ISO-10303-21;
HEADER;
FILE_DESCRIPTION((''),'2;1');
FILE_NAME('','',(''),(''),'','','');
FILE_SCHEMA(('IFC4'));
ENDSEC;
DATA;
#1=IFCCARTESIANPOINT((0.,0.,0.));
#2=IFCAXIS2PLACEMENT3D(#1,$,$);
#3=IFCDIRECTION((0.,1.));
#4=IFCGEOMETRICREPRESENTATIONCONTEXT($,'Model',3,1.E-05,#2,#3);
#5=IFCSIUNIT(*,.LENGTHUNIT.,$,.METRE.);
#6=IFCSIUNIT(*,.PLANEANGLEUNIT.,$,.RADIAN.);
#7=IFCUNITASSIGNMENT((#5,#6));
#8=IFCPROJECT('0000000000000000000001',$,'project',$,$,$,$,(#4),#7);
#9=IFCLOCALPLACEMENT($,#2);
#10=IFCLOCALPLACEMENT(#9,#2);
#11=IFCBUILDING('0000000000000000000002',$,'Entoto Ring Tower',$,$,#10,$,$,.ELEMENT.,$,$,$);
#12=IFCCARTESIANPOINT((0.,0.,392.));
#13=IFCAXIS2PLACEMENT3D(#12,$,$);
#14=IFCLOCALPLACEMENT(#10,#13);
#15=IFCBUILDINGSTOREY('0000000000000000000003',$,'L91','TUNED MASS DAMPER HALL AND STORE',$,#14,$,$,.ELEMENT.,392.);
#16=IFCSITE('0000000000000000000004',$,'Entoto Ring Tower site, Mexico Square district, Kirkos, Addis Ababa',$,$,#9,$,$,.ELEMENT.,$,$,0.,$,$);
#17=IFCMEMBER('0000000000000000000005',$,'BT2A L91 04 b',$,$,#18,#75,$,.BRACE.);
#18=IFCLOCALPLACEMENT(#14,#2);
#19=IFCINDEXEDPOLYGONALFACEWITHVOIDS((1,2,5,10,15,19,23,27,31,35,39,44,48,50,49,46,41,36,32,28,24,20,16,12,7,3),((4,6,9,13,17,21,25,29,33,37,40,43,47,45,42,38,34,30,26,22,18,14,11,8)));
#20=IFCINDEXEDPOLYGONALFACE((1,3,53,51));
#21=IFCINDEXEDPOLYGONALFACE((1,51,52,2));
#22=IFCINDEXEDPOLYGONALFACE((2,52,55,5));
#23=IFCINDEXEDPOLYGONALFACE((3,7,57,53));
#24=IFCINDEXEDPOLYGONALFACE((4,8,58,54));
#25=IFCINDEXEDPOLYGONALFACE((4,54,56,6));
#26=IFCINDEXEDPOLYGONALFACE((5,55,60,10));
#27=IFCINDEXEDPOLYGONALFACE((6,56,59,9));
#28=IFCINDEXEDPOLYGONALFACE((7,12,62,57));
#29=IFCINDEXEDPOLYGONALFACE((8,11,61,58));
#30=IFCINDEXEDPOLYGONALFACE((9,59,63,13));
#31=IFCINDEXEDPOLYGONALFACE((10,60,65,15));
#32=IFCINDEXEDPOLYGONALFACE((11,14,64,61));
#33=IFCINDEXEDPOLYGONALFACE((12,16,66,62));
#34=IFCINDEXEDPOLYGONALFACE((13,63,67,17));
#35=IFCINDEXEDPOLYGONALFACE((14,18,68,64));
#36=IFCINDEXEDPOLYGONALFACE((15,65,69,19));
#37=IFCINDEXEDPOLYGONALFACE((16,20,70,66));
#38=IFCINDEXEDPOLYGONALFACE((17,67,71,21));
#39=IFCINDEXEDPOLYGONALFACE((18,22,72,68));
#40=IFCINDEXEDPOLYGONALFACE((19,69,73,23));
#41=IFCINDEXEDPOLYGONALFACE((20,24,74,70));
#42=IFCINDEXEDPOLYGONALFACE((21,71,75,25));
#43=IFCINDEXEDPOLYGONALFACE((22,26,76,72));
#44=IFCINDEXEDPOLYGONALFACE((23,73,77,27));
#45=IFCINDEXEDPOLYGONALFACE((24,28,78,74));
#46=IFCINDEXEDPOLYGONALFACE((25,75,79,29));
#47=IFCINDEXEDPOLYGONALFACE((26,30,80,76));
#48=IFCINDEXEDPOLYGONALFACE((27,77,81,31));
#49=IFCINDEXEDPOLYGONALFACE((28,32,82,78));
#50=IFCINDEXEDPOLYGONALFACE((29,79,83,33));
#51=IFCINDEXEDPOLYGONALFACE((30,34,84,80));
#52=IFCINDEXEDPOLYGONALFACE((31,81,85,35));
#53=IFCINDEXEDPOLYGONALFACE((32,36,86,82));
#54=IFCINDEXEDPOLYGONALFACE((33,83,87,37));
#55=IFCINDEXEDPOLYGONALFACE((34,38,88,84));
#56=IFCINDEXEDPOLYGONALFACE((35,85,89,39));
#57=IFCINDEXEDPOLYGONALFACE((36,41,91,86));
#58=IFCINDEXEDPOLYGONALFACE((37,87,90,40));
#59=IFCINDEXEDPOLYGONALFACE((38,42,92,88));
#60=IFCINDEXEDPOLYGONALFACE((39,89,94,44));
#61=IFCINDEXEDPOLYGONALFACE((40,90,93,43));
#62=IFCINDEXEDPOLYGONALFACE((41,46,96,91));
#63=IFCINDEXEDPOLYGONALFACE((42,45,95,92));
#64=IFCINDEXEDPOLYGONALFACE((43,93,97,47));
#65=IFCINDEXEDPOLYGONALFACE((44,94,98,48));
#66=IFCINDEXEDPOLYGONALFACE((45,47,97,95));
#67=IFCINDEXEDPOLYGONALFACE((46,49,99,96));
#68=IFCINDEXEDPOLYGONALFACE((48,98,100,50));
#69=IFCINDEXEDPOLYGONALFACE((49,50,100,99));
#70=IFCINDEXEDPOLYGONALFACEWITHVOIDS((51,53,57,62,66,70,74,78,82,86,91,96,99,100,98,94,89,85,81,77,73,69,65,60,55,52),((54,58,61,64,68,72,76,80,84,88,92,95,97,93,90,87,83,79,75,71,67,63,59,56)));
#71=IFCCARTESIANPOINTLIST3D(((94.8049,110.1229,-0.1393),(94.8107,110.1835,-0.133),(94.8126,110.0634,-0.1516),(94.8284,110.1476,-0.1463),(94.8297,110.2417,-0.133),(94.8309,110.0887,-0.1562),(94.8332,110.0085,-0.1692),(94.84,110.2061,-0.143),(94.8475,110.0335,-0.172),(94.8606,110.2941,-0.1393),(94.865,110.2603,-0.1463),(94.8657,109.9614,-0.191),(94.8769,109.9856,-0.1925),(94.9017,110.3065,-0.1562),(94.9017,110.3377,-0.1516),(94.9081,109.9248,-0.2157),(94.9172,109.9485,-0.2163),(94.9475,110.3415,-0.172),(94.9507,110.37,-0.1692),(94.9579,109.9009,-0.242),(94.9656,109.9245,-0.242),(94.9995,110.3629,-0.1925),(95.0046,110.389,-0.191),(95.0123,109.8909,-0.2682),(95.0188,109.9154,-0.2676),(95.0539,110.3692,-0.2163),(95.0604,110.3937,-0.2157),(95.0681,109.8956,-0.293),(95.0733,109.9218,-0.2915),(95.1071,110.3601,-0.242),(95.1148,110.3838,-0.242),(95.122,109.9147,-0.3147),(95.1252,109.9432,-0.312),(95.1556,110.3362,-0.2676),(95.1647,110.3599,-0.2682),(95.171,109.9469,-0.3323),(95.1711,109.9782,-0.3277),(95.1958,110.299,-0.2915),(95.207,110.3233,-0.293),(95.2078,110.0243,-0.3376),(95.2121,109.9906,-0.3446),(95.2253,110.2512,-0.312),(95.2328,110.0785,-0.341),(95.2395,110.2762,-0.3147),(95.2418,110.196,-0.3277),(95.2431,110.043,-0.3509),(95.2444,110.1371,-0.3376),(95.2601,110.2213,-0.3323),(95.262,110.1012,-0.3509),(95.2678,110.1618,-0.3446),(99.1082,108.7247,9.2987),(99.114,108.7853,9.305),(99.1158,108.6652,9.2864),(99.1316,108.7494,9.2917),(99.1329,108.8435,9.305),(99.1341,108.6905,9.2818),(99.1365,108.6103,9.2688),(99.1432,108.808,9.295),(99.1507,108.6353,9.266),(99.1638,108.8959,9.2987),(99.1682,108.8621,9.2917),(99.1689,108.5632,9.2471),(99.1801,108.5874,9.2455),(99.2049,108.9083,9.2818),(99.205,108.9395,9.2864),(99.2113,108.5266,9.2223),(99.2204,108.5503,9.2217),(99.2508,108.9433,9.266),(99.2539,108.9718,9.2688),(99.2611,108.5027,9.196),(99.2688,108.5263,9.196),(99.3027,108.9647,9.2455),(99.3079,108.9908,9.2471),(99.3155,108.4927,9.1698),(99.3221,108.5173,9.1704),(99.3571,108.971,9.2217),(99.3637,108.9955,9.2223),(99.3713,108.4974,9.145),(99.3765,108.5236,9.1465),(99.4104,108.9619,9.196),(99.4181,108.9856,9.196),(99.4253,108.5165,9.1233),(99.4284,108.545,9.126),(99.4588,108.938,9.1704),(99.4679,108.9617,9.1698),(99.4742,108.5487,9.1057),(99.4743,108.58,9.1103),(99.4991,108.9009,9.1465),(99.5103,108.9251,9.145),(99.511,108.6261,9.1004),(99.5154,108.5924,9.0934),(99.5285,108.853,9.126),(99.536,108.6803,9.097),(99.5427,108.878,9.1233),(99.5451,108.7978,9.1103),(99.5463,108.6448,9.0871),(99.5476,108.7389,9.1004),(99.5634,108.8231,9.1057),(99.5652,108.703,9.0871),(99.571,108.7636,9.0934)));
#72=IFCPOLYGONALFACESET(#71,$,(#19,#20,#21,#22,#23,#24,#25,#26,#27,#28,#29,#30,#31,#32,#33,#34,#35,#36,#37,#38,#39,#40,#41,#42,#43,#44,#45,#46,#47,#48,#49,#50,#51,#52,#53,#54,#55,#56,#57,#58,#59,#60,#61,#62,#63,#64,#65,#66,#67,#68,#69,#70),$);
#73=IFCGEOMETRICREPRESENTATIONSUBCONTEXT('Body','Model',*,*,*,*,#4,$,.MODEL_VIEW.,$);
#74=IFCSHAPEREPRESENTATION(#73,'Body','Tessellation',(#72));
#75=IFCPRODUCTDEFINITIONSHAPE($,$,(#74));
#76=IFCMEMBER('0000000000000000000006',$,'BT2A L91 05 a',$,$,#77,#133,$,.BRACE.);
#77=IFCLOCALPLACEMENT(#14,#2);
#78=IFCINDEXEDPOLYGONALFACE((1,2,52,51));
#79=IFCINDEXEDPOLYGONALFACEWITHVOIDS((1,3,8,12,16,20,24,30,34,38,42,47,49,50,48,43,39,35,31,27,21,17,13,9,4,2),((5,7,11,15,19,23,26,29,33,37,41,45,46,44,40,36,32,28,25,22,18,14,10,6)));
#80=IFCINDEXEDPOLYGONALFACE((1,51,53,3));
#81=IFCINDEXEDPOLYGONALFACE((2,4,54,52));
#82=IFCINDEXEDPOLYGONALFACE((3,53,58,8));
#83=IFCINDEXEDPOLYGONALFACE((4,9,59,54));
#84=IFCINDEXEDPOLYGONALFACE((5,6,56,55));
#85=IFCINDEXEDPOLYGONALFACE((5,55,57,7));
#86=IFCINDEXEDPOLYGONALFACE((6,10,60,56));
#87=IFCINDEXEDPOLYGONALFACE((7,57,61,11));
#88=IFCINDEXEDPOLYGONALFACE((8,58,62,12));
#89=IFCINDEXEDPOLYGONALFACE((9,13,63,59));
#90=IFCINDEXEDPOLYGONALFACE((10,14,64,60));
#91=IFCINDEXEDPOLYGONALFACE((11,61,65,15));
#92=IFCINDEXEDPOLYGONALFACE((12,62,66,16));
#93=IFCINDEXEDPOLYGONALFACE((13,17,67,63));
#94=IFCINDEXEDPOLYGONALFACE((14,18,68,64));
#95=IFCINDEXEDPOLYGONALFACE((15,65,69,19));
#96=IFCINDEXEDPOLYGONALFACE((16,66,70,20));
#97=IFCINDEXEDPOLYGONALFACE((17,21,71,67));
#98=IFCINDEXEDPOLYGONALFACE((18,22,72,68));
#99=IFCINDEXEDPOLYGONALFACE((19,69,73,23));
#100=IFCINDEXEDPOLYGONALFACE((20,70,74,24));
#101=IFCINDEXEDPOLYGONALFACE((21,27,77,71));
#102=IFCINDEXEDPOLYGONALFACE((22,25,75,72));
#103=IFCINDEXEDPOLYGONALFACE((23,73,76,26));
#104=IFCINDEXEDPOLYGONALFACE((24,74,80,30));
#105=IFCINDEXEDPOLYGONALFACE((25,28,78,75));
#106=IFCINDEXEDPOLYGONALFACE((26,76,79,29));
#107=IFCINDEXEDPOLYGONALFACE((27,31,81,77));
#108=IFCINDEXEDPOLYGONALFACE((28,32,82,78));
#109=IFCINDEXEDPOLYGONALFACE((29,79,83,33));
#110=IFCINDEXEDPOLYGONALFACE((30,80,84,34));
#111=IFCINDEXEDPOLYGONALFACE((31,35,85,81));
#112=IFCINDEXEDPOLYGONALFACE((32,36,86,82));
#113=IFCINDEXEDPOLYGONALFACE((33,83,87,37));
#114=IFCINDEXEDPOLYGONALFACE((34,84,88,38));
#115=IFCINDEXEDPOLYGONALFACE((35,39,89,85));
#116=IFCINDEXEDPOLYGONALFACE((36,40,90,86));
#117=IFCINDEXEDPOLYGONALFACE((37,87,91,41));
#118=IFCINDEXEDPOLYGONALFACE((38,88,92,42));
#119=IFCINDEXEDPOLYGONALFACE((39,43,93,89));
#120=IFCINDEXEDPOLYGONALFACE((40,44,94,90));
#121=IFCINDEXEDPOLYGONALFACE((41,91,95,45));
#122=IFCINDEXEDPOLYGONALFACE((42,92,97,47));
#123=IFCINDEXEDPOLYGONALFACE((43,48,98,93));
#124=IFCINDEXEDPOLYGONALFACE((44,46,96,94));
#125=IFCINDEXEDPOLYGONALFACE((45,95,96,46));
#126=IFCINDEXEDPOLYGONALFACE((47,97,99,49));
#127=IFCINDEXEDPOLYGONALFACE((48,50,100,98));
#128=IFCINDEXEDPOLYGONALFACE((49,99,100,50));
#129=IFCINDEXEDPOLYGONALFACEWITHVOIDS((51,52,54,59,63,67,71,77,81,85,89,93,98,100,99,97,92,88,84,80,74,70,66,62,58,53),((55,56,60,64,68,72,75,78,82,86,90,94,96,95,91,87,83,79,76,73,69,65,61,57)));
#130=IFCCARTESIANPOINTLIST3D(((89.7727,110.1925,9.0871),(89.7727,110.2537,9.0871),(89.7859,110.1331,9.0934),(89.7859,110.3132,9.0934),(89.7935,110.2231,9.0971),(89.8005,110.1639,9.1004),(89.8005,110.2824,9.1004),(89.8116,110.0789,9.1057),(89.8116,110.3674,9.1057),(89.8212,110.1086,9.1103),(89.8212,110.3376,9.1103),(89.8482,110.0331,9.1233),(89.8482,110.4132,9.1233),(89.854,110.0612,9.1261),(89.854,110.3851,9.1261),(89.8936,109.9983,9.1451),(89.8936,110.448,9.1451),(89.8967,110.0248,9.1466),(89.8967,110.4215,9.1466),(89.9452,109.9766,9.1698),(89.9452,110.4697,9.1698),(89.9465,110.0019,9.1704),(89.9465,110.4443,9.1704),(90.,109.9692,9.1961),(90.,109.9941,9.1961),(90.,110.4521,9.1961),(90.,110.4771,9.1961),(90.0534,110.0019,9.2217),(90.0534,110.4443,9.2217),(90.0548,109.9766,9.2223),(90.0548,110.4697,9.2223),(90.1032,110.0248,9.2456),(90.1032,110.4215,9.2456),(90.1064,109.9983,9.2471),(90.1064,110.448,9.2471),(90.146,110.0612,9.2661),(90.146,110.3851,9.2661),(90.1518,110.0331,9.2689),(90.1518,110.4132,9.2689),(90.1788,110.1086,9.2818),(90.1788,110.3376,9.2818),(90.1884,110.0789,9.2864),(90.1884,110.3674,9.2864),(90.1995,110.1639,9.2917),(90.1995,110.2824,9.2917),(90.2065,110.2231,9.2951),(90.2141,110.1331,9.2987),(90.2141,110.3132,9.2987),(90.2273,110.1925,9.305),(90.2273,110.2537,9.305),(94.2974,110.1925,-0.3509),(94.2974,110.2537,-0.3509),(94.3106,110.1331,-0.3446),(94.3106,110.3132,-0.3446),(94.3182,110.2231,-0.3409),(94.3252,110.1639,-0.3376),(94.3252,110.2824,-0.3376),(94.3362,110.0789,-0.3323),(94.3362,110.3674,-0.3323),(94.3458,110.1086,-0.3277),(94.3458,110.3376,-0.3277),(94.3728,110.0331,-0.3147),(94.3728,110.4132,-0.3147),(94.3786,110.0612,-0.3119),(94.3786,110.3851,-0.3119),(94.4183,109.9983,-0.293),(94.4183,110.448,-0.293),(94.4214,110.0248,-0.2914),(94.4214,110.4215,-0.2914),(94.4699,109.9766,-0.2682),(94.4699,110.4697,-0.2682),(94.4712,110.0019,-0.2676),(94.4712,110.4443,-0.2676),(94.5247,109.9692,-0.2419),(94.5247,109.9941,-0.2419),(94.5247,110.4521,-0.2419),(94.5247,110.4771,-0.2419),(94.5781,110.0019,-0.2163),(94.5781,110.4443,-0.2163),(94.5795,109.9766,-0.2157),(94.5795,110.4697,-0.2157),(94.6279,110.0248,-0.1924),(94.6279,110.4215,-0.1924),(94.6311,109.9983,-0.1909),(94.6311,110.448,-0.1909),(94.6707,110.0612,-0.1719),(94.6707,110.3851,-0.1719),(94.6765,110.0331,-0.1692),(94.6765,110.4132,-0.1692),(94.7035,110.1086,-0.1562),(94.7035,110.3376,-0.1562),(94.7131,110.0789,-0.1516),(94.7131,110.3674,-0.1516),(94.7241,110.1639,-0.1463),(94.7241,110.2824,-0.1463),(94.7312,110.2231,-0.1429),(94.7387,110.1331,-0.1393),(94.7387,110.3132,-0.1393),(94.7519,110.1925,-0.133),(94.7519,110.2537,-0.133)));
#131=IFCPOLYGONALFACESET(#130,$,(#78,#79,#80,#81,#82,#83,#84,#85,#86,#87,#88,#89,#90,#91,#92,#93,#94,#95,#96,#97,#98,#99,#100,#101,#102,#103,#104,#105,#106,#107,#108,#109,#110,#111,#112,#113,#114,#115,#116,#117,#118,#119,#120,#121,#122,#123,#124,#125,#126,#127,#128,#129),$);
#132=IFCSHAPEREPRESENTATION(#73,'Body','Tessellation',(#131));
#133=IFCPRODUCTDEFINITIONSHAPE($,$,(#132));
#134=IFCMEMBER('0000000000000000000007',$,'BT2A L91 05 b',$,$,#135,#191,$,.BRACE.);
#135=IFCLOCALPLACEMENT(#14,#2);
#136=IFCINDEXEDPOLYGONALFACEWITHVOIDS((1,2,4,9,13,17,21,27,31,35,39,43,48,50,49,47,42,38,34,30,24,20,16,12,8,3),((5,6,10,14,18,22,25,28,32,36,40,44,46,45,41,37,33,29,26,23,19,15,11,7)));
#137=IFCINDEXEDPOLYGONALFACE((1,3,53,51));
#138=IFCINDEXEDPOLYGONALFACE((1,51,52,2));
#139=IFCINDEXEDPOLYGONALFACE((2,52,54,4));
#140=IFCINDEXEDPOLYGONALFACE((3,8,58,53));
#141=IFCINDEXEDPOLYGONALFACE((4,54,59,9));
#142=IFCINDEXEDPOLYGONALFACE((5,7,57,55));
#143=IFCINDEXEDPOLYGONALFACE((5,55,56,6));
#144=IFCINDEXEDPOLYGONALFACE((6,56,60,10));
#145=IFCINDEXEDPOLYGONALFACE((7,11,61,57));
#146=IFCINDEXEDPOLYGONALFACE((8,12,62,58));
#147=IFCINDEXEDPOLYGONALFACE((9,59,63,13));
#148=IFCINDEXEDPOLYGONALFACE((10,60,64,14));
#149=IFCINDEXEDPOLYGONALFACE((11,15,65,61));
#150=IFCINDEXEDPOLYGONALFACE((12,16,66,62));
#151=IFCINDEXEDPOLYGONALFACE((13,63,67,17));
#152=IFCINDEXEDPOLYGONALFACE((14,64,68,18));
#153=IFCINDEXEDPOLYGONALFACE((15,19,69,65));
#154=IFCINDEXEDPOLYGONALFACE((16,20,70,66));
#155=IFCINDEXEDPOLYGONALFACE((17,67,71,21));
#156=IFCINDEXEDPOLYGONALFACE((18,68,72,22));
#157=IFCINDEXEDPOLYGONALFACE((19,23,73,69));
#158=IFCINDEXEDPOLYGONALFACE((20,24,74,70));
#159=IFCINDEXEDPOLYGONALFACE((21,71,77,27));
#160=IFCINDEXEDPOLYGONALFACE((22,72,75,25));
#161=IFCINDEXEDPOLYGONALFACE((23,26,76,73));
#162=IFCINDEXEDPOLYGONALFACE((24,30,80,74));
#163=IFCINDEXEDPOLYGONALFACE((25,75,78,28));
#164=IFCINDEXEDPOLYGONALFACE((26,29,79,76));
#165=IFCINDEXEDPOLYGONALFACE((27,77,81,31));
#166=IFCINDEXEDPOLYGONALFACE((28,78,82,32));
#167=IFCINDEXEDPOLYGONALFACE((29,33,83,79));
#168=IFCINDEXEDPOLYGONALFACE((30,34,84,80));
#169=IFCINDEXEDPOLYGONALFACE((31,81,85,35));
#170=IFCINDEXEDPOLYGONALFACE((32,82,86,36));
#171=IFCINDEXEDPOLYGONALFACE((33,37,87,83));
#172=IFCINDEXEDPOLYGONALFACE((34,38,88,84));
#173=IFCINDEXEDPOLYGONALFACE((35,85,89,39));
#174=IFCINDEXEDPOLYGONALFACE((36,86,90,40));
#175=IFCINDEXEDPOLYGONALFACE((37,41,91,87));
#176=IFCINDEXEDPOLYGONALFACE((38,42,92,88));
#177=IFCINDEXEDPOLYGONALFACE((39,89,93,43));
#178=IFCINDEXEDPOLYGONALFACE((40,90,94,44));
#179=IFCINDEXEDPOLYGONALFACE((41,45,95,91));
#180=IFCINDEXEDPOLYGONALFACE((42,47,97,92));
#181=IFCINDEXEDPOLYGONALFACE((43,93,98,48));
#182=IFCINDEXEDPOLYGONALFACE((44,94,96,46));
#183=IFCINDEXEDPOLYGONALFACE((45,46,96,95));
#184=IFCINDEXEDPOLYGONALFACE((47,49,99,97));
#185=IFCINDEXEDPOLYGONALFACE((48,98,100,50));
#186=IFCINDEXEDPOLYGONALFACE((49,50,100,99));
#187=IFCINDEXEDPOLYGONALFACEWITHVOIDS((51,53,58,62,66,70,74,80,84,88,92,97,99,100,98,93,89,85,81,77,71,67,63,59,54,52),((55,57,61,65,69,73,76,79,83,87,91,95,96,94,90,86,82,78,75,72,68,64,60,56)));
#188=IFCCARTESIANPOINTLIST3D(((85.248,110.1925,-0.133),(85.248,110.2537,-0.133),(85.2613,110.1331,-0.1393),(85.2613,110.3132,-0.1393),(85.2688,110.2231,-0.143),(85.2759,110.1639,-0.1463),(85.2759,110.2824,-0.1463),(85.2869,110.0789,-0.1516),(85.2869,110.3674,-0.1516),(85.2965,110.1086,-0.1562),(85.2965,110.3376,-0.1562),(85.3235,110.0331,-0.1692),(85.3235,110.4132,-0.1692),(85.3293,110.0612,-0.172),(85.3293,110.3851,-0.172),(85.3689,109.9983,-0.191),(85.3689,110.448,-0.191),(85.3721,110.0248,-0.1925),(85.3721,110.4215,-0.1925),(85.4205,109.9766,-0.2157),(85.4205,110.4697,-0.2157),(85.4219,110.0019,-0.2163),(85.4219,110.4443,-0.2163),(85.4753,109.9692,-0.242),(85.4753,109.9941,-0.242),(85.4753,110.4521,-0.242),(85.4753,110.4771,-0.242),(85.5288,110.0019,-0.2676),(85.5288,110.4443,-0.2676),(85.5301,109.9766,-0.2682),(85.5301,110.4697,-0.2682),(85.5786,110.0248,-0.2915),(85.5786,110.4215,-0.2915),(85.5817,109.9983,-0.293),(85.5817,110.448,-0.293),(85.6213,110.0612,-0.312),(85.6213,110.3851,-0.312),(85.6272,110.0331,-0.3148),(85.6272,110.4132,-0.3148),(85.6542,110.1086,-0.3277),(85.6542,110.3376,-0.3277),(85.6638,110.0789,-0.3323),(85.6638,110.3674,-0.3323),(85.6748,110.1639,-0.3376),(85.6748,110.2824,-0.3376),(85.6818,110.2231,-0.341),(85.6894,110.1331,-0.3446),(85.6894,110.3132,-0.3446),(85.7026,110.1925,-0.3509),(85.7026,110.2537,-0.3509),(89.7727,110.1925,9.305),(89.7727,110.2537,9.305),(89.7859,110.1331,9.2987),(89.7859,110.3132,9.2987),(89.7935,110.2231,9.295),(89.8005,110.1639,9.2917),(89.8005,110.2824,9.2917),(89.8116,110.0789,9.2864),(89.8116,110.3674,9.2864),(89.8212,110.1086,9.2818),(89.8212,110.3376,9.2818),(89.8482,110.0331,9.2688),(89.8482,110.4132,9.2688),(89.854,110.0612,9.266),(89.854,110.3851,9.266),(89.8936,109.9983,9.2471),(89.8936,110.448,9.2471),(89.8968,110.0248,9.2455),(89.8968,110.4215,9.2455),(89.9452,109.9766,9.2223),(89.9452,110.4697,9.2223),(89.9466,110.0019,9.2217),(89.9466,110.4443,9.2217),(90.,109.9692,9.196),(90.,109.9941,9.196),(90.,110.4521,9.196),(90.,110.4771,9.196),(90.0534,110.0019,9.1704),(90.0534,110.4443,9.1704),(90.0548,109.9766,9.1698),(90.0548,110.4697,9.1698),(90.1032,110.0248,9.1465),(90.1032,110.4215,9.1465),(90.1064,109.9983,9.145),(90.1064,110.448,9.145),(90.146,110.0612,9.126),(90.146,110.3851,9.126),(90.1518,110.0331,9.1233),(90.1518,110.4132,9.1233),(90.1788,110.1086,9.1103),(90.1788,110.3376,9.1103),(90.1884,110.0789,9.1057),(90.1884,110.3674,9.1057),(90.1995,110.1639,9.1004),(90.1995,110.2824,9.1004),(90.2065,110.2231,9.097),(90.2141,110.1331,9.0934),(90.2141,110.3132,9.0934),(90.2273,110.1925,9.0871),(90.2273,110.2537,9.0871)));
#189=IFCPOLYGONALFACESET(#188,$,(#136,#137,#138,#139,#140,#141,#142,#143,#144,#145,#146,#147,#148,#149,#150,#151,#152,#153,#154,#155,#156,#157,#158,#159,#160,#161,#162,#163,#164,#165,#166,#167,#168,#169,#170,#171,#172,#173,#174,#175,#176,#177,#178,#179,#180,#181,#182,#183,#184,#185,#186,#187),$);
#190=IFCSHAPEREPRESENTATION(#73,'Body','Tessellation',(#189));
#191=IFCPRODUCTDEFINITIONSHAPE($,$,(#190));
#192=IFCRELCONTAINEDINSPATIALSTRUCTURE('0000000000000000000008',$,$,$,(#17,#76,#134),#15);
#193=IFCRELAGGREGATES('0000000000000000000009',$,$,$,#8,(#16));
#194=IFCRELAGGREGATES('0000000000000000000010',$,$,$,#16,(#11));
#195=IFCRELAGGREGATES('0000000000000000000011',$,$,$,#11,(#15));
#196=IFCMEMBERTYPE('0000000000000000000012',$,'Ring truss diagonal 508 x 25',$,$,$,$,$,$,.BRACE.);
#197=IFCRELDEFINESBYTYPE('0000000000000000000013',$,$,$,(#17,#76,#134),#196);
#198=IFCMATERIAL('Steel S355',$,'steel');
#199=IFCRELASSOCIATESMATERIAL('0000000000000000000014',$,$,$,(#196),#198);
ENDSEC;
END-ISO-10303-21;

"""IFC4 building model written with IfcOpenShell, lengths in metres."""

from ifc_helpers import new_model, si_unit, direction, frame, origin, origin_2d, place, context, subcontext, project, spatial, circle, hollow_circle, extrude, material, material_profile, profile_set, type_object, element, save


model = new_model("IFC4")

# Units and contexts
model_context = context("Model", 3, precision=1e-05, world=origin(), true_north=direction((0.0, 1.0)))
body_context = subcontext(model_context, "Body", "Model", "MODEL_VIEW")
ifc_project = project(units=[si_unit("LENGTHUNIT", "METRE"), si_unit("PLANEANGLEUNIT", "RADIAN")], contexts=[model_context])

# Site, building, storey
site_placement = place(None, origin())
site = spatial("IfcSite", under=ifc_project, at=site_placement, Name="Entoto Ring Tower site, Mexico Square district, Kirkos, Addis Ababa", CompositionType="ELEMENT", RefElevation=0.0)
building_placement = place(site_placement, origin())
building = spatial("IfcBuilding", under=site, at=building_placement, Name="Entoto Ring Tower", CompositionType="ELEMENT")
storey_placement = place(building_placement, frame((0.0, 0.0, 392.0)))
storey = spatial("IfcBuildingStorey", under=building, at=storey_placement, Name="L91", Description="TUNED MASS DAMPER HALL AND STORE", CompositionType="ELEMENT", Elevation=392.0)

# Members
ifc_material_1 = material(Name="Steel S355", Category="steel")
ifc_material_profile_1 = material_profile(ifc_material_1, hollow_circle(Radius=0.2539, WallThickness=0.0249, at=origin_2d()), Name="CHS 508 x 25")
ifc_material_2 = material(Name="Concrete C60/75", Category="concrete")
ifc_material_profile_2 = material_profile(ifc_material_2, circle(Radius=0.229, at=origin_2d()), Name="Concrete C60/75 infill")
ifc_profile_set_1 = profile_set([ifc_material_profile_1, ifc_material_profile_2], Name="Steel S355")
member_type_1 = type_object("IfcMemberType", Name="Ring truss diagonal 508 x 25", PredefinedType="BRACE", material=ifc_profile_set_1)
for number, where, z_axis, x_axis, name in (
    (1, (99.3396, 108.7441, 9.196), (-0.411141, 0.133587, -0.90173), (-0.309015, -0.951057, 0.0), "BT2A L91 04 b"),
    (2, (94.5247, 110.2231, -0.2419), (-0.432298, 0.0, 0.901731), (0.0, -1.0, 0.0), "BT2A L91 05 a"),
    (3, (90.0, 110.2231, 9.196), (-0.432298, 0.0, -0.901731), (0.0, -1.0, 0.0), "BT2A L91 05 b"),
):
    element("IfcMember", number, at=place(storey_placement, frame(where, z_axis=z_axis, x_axis=x_axis)), inside=storey, type_object=member_type_1, Name=name, PredefinedType="BRACE", context=body_context, shape_type="SweptSolid", body=[
        extrude(hollow_circle(Radius=0.2539, WallThickness=0.0249, at=origin_2d()), origin(), (0.0, 0.0, 1.0), 10.4666),
    ])

save(model, "model.ifc")
